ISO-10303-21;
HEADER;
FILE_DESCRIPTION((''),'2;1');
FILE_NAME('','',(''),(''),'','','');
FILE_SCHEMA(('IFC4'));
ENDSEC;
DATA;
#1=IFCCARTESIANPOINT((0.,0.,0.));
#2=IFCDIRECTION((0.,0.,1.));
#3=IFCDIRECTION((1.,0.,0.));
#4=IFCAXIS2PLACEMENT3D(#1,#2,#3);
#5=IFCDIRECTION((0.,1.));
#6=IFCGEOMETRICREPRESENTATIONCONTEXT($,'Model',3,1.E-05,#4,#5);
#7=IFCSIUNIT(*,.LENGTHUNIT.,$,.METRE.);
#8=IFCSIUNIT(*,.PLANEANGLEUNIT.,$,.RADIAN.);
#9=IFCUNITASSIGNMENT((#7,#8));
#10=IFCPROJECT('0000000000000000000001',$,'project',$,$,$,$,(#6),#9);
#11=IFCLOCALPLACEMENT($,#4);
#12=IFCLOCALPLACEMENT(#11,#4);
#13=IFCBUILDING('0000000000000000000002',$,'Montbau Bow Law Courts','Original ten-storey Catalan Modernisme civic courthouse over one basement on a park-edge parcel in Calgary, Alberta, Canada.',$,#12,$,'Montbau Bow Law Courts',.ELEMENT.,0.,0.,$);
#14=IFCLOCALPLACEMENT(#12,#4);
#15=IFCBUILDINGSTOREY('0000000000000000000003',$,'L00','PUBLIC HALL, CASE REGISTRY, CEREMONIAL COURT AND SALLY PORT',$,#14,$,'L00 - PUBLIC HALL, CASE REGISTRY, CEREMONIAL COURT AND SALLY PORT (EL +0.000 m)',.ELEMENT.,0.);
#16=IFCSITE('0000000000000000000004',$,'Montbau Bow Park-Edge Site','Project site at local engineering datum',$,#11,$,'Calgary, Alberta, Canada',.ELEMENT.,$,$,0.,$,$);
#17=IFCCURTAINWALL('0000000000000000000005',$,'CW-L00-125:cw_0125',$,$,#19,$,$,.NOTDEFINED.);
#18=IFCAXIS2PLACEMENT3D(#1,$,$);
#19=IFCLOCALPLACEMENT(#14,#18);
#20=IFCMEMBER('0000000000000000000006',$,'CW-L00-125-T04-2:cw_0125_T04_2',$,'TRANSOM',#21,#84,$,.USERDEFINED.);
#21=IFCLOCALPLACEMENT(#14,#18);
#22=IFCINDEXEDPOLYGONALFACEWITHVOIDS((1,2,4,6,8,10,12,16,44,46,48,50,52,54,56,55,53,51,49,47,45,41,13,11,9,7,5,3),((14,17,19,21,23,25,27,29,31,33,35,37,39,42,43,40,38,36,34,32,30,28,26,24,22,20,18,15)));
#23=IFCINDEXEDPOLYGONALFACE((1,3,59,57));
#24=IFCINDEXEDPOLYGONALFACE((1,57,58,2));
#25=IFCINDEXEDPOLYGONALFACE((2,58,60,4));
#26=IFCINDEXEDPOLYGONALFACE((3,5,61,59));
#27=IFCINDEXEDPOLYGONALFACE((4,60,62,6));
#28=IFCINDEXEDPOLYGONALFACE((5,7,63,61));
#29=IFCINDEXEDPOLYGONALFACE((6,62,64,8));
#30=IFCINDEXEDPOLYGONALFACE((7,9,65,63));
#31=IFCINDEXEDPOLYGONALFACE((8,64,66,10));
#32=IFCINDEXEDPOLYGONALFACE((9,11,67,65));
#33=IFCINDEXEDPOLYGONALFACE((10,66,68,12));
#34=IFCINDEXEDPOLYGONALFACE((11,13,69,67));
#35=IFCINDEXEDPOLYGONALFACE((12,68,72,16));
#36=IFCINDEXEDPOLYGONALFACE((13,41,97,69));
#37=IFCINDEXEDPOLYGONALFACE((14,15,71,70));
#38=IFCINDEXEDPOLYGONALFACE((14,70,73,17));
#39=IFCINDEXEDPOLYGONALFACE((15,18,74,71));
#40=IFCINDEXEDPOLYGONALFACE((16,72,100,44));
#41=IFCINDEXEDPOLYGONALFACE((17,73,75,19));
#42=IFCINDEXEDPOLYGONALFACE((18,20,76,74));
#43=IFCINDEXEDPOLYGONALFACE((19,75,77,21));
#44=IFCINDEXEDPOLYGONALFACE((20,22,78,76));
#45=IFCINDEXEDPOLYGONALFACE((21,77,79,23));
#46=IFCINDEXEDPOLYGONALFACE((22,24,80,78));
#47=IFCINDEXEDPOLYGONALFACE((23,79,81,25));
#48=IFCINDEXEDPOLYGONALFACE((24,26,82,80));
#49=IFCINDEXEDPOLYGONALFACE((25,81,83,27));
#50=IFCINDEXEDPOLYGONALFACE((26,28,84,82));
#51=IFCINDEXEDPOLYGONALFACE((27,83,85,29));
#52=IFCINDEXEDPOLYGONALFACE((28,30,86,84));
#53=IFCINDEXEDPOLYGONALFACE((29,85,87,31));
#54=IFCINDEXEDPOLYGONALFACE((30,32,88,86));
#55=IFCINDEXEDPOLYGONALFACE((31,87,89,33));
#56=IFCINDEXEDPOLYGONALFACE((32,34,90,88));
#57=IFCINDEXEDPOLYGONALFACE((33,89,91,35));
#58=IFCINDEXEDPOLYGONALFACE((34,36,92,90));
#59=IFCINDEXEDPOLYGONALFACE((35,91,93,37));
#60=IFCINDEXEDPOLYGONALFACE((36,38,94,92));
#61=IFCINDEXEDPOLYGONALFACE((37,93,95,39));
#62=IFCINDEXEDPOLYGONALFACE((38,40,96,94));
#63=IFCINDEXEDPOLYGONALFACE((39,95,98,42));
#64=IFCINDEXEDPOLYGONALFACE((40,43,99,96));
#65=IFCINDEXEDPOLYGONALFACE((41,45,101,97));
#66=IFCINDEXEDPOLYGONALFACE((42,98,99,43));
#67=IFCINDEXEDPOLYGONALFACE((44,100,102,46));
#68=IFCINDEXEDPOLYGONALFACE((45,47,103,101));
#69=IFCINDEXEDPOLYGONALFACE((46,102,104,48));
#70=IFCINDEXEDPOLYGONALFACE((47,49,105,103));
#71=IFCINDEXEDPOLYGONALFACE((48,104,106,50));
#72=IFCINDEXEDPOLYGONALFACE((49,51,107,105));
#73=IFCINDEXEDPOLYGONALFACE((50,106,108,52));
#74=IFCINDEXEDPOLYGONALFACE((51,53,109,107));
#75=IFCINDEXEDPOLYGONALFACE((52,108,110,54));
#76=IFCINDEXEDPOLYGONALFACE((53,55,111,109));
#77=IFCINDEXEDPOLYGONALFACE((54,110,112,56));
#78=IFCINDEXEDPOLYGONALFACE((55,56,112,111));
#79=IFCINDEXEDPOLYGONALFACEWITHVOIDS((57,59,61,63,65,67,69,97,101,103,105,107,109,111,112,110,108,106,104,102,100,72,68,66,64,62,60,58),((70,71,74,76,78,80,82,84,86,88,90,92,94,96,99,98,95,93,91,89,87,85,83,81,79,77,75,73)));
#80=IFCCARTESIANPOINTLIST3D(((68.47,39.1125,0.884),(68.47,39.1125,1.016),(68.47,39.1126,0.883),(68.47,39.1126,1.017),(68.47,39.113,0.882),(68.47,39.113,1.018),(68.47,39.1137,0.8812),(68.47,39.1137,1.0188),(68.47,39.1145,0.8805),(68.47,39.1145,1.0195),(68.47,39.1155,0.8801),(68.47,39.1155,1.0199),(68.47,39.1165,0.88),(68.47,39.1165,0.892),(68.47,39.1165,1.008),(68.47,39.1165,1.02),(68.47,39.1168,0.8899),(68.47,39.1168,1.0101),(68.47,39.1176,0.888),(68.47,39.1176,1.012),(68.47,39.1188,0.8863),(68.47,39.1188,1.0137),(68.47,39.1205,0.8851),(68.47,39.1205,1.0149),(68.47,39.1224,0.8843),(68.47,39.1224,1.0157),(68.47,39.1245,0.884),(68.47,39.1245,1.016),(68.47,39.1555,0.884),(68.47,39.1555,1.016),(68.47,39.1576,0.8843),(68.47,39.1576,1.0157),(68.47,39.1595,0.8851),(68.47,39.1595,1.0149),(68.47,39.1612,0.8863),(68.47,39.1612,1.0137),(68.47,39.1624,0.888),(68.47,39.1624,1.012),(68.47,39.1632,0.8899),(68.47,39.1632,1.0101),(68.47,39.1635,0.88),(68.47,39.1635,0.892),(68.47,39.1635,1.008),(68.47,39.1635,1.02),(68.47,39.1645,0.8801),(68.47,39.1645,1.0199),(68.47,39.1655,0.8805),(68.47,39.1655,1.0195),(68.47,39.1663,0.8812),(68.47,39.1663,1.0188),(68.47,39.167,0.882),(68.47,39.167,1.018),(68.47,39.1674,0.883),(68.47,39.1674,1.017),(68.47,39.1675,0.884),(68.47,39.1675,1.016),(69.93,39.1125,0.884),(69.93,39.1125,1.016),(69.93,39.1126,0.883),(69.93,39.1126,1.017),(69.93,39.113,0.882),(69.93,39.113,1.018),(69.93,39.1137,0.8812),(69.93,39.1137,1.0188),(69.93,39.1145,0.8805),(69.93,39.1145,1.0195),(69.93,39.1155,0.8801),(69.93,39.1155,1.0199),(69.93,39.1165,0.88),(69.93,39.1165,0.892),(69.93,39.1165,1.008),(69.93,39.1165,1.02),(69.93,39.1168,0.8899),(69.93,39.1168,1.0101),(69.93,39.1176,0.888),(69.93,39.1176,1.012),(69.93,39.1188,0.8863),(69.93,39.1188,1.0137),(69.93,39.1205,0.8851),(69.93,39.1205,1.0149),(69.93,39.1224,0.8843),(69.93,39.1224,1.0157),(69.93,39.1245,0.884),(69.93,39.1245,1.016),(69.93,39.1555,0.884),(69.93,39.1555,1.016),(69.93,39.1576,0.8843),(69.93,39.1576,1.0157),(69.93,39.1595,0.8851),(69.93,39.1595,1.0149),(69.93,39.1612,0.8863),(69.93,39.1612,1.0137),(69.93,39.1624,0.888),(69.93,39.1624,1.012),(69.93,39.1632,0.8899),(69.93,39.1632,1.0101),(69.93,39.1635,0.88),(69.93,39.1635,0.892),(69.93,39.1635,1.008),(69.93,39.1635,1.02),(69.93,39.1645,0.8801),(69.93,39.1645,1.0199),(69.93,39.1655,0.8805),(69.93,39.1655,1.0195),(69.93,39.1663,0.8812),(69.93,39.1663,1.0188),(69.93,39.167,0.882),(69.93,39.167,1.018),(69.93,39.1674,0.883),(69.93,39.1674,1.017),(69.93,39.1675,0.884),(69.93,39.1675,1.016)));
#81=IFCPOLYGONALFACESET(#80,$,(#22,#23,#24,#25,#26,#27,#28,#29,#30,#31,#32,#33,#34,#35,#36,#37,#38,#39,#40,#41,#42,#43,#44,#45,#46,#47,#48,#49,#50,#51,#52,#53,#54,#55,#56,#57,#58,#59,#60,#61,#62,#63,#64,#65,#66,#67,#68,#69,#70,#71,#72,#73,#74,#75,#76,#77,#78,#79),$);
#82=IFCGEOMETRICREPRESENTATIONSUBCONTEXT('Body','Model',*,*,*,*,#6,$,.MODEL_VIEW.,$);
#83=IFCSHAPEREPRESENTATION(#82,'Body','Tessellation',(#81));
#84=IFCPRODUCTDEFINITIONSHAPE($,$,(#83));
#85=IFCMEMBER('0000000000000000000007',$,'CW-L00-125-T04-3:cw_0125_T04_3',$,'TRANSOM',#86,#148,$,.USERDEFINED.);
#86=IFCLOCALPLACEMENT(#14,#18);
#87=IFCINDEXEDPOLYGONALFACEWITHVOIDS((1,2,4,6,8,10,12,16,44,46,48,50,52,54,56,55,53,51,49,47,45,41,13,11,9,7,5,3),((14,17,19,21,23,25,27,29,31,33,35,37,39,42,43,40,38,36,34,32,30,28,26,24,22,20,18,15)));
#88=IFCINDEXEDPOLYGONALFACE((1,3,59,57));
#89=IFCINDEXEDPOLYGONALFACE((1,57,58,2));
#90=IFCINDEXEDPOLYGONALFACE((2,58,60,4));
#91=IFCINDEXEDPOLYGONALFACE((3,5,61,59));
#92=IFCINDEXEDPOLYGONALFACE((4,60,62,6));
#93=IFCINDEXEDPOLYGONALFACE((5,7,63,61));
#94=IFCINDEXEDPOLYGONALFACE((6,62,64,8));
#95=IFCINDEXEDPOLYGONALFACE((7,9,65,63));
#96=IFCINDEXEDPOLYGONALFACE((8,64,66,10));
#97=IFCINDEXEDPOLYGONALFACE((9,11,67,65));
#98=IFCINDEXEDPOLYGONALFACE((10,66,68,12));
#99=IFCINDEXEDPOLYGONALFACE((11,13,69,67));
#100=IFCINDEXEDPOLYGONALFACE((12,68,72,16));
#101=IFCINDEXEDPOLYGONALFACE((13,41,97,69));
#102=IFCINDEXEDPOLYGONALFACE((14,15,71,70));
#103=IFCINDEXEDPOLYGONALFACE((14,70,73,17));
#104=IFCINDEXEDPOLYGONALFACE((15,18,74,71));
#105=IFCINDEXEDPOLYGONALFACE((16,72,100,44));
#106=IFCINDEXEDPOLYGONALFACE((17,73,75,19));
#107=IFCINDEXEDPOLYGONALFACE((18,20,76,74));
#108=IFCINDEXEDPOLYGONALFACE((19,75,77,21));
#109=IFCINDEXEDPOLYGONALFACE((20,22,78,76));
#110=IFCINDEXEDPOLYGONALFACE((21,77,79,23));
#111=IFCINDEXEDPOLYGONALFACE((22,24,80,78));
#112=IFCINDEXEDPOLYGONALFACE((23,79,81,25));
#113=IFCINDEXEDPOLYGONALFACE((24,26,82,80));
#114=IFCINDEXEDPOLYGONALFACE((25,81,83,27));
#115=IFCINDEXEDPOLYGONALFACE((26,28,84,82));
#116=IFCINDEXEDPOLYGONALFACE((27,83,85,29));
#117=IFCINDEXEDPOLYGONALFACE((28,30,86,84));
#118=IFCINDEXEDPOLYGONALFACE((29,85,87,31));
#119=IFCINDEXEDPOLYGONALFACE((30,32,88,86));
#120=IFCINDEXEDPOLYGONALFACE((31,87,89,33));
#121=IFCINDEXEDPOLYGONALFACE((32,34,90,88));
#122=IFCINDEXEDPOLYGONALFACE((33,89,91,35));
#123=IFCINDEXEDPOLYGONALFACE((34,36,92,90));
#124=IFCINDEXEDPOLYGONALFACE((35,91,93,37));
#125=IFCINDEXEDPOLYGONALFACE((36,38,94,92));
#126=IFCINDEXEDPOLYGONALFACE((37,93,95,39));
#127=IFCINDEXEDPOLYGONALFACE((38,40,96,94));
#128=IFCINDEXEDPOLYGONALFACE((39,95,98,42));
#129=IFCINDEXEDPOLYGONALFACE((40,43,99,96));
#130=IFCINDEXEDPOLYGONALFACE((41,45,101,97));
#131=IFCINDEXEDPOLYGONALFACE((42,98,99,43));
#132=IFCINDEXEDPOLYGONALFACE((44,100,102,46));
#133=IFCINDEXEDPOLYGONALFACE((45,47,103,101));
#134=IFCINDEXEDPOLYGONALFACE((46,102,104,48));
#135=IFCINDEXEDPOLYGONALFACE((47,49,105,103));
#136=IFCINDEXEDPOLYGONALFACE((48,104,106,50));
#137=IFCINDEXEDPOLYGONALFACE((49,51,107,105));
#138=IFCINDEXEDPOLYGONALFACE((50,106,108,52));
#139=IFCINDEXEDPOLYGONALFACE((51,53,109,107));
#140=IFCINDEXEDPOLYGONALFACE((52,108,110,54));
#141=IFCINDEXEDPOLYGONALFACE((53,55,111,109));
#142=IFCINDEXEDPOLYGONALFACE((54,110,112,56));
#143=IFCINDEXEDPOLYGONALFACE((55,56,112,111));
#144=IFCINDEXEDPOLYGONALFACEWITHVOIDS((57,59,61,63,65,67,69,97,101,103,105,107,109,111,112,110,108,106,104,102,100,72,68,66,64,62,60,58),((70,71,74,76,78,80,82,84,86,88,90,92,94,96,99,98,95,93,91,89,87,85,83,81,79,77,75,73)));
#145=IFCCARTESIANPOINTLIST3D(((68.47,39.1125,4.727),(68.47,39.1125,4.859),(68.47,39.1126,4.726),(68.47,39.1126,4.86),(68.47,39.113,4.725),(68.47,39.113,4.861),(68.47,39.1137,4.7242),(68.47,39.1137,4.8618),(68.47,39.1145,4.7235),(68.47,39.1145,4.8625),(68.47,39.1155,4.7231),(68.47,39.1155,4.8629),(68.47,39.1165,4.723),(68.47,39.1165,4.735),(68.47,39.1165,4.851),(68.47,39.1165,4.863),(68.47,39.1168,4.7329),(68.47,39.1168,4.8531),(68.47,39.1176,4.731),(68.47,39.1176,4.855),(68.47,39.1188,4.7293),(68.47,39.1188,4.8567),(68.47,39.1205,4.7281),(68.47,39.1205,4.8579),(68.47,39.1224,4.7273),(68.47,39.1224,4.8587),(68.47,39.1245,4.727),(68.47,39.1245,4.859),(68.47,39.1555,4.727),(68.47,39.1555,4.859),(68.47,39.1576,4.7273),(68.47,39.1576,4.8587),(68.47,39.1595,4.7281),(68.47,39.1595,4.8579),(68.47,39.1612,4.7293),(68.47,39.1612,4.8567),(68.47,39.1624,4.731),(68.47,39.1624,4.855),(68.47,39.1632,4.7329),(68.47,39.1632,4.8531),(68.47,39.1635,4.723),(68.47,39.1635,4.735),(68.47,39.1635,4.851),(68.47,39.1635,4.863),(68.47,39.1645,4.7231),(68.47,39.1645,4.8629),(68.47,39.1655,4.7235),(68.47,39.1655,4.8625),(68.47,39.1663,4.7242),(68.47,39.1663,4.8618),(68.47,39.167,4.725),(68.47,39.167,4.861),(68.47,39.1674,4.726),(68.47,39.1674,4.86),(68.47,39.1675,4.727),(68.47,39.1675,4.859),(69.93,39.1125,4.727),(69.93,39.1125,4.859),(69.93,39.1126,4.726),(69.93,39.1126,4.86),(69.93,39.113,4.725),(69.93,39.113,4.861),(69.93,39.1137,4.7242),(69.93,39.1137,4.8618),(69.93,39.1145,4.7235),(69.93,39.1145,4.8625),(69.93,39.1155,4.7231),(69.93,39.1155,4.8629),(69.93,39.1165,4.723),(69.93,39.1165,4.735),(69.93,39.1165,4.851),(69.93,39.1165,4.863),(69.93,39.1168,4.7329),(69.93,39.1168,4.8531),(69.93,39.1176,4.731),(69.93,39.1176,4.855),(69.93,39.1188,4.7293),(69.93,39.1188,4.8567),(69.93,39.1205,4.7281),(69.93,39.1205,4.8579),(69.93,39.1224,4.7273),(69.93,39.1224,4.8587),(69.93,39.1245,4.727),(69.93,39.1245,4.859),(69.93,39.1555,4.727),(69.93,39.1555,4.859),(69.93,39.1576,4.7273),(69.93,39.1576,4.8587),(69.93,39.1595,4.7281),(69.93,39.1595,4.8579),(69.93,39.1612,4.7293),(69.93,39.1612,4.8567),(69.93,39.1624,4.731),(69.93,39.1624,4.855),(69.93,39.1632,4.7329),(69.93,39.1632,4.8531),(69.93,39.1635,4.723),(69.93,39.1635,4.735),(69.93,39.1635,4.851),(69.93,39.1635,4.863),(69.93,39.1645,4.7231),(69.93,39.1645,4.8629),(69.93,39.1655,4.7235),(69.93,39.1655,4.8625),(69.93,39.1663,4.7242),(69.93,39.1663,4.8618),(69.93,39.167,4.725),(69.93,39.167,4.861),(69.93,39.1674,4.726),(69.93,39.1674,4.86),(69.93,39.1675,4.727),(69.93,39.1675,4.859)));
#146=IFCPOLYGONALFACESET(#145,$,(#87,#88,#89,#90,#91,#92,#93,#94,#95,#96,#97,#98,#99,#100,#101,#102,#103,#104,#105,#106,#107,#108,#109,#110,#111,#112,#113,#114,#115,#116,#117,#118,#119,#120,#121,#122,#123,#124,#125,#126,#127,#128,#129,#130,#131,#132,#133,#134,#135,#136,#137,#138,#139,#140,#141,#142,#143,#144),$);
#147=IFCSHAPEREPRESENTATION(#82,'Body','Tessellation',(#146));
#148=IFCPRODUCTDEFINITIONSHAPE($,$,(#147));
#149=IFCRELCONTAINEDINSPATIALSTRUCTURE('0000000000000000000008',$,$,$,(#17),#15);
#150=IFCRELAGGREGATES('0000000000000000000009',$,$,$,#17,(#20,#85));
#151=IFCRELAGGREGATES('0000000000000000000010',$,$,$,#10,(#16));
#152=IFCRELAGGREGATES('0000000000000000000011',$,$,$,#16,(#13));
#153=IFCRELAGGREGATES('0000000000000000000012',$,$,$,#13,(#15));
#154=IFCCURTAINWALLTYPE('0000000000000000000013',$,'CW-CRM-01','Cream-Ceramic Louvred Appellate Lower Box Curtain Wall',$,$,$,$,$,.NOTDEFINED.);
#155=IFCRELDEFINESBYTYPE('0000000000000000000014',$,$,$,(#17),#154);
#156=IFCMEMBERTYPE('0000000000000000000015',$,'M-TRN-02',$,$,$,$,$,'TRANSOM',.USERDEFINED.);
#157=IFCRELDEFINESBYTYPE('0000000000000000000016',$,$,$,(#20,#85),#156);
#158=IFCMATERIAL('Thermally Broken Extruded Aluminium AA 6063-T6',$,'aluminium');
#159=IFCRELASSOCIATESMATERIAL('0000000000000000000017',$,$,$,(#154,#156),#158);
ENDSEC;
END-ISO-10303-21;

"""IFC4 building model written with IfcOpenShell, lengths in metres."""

from ifc_helpers import new_model, si_unit, direction, frame, origin_with_axes, origin_2d_with_axis, place, context, subcontext, project, spatial, hollow_rectangle, extrude, material, material_profile, profile_set, type_object, element, aggregate, save


model = new_model("IFC4")

# Units and contexts
model_context = context("Model", 3, precision=1e-05, world=origin_with_axes(), true_north=direction((0.0, 1.0)))
body_context = subcontext(model_context, "Body", "Model", "MODEL_VIEW")
ifc_project = project(units=[si_unit("LENGTHUNIT", "METRE"), si_unit("PLANEANGLEUNIT", "RADIAN")], contexts=[model_context])

# Site, building, storey
site_placement = place(None, origin_with_axes())
site = spatial("IfcSite", under=ifc_project, at=site_placement, Name="Montbau Bow Park-Edge Site", Description="Project site at local engineering datum", LongName="Calgary, Alberta, Canada", CompositionType="ELEMENT", RefElevation=0.0)
building_placement = place(site_placement, origin_with_axes())
building = spatial("IfcBuilding", under=site, at=building_placement, Name="Montbau Bow Law Courts", Description="Original ten-storey Catalan Modernisme civic courthouse over one basement on a park-edge parcel in Calgary, Alberta, Canada.", LongName="Montbau Bow Law Courts", CompositionType="ELEMENT", ElevationOfRefHeight=0.0, ElevationOfTerrain=0.0)
storey_placement = place(building_placement, origin_with_axes())
storey = spatial("IfcBuildingStorey", under=building, at=storey_placement, Name="L00", Description="PUBLIC HALL, CASE REGISTRY, CEREMONIAL COURT AND SALLY PORT", LongName="L00 - PUBLIC HALL, CASE REGISTRY, CEREMONIAL COURT AND SALLY PORT (EL +0.000 m)", CompositionType="ELEMENT", Elevation=0.0)

# Curtain wall
ifc_material_1 = material(Name="Thermally Broken Extruded Aluminium AA 6063-T6", Category="aluminium")
curtain_wall_type = type_object("IfcCurtainWallType", Name="CW-CRM-01", Description="Cream-Ceramic Louvred Appellate Lower Box Curtain Wall", PredefinedType="NOTDEFINED", material=ifc_material_1)
curtain_wall_1_placement = place(None, frame((63.868, 39.14, 0.0), z_axis=(0.0, 0.0, 1.0), x_axis=(1.0, 0.0, 0.0)))
curtain_wall_1 = element("IfcCurtainWall", 1, at=curtain_wall_1_placement, inside=storey, type_object=curtain_wall_type, Name="CW-L00-125:cw_0125", PredefinedType="NOTDEFINED")

# Members
ifc_material_profile_1 = material_profile(ifc_material_1, hollow_rectangle(XDim=0.055, YDim=0.14, WallThickness=0.004, InnerFilletRadius=0.008, OuterFilletRadius=0.004, at=origin_2d_with_axis()), Name="CWT-140X55", Category="Main", Priority=0)
ifc_profile_set_1 = profile_set([ifc_material_profile_1], Name="Thermally Broken Extruded Aluminium AA 6063-T6")
member_type_1 = type_object("IfcMemberType", Name="M-TRN-02", ElementType="TRANSOM", PredefinedType="USERDEFINED", material=ifc_profile_set_1)
member_1_placement = place(None, frame((68.47, 39.14, 0.95), z_axis=(1.0, 0.0, 0.0), x_axis=(0.0, 1.0, 0.0)))
member_1 = element("IfcMember", 2, at=member_1_placement, type_object=member_type_1, Name="CW-L00-125-T04-2:cw_0125_T04_2", ObjectType="TRANSOM", PredefinedType="USERDEFINED", context=body_context, shape_type="SweptSolid", body=[
    extrude(hollow_rectangle(XDim=0.055, YDim=0.14, WallThickness=0.004, InnerFilletRadius=0.008, OuterFilletRadius=0.004, at=origin_2d_with_axis()), origin_with_axes(), (0.0, 0.0, 1.0), 1.46),
])
member_2_placement = place(None, frame((68.47, 39.14, 4.793), z_axis=(1.0, 0.0, 0.0), x_axis=(0.0, 1.0, 0.0)))
member_2 = element("IfcMember", 3, at=member_2_placement, type_object=member_type_1, Name="CW-L00-125-T04-3:cw_0125_T04_3", ObjectType="TRANSOM", PredefinedType="USERDEFINED", context=body_context, shape_type="SweptSolid", body=[
    extrude(hollow_rectangle(XDim=0.055, YDim=0.14, WallThickness=0.004, InnerFilletRadius=0.008, OuterFilletRadius=0.004, at=origin_2d_with_axis()), origin_with_axes(), (0.0, 0.0, 1.0), 1.46),
])

aggregate(curtain_wall_1, [member_1, member_2])

save(model, "model.ifc")
